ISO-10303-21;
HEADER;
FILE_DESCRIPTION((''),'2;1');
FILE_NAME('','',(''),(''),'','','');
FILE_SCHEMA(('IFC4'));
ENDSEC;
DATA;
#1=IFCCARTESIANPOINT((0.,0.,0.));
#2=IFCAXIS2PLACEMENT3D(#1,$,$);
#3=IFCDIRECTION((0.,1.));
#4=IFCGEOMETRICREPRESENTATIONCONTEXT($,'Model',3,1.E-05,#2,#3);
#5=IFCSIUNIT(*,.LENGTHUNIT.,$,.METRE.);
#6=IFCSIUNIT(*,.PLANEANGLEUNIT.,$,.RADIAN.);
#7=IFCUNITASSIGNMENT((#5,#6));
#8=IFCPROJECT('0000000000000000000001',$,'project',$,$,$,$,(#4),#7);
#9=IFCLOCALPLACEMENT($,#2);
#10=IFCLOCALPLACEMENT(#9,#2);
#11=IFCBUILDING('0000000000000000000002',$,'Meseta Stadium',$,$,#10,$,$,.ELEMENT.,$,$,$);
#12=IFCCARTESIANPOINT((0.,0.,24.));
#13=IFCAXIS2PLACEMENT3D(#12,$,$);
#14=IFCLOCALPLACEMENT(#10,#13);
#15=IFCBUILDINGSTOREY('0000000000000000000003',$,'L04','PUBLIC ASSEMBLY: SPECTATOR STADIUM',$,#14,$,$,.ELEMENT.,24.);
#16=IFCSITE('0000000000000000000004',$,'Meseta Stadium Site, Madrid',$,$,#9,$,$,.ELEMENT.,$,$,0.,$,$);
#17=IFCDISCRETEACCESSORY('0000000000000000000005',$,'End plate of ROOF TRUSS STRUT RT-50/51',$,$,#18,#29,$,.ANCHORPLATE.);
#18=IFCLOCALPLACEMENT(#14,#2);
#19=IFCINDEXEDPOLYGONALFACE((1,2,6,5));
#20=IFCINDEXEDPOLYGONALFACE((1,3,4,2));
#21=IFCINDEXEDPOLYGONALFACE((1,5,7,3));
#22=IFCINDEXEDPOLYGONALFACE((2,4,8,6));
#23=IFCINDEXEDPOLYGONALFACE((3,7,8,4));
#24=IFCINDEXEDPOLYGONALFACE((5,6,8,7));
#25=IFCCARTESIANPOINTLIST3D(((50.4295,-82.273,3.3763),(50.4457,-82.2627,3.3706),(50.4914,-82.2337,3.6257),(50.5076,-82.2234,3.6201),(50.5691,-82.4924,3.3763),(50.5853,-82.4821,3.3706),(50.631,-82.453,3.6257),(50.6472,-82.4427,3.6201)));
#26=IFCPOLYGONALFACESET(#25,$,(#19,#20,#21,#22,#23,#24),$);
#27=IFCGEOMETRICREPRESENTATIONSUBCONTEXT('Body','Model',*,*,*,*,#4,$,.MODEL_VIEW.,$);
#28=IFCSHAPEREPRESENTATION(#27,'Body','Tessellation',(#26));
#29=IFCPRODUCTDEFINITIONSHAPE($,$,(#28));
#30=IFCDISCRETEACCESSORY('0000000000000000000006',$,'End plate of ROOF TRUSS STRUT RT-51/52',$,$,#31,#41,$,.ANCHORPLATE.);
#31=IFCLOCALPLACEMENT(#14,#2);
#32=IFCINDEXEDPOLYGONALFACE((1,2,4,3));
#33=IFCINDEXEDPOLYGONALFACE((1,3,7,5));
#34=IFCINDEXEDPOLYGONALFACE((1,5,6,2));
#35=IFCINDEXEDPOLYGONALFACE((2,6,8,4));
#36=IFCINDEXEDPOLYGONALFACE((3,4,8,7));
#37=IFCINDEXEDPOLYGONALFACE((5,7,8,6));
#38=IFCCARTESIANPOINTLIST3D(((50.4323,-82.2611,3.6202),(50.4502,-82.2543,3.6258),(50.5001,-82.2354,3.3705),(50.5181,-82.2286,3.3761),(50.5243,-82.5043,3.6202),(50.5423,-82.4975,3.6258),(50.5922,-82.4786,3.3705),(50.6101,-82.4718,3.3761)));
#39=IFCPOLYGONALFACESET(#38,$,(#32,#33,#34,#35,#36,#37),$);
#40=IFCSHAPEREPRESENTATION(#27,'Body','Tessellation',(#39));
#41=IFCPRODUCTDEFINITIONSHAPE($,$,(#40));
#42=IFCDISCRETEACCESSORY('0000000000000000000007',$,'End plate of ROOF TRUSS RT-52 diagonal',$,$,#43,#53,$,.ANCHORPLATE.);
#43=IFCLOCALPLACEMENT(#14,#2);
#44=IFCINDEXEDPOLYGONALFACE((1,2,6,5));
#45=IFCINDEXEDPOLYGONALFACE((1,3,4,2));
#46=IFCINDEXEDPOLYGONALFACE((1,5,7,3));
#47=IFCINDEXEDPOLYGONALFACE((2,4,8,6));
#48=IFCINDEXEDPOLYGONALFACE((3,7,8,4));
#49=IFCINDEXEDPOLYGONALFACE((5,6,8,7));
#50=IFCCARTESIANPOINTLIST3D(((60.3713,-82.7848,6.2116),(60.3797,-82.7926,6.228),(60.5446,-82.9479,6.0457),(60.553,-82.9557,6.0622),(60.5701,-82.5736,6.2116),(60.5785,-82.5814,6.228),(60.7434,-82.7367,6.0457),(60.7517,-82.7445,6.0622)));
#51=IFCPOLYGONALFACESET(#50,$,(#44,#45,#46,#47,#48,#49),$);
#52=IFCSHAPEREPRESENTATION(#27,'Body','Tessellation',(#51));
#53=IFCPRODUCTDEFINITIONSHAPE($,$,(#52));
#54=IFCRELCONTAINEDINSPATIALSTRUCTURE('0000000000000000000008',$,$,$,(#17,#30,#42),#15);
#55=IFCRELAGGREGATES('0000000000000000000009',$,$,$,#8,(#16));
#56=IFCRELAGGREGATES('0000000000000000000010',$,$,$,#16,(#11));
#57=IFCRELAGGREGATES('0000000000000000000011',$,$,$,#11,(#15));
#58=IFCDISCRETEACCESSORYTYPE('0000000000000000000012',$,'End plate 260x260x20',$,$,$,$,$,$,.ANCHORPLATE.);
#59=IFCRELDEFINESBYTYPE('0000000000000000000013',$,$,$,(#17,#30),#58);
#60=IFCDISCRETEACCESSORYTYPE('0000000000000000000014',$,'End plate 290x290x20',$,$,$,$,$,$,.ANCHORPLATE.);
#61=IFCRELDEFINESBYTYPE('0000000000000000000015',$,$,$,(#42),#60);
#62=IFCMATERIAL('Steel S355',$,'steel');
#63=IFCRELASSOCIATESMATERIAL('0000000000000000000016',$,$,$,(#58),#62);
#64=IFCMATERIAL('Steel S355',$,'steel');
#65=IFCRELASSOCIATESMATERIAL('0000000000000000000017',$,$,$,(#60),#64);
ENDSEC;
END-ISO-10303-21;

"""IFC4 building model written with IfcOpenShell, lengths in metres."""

from ifc_helpers import new_model, si_unit, direction, frame, origin, origin_2d, place, context, subcontext, project, spatial, rectangle, extrude, material, material_profile, profile_set, type_object, element, save


model = new_model("IFC4")

# Units and contexts
model_context = context("Model", 3, precision=1e-05, world=origin(), true_north=direction((0.0, 1.0)))
body_context = subcontext(model_context, "Body", "Model", "MODEL_VIEW")
ifc_project = project(units=[si_unit("LENGTHUNIT", "METRE"), si_unit("PLANEANGLEUNIT", "RADIAN")], contexts=[model_context])

# Site, building, storey
site_placement = place(None, origin())
site = spatial("IfcSite", under=ifc_project, at=site_placement, Name="Meseta Stadium Site, Madrid", CompositionType="ELEMENT", RefElevation=0.0)
building_placement = place(site_placement, origin())
building = spatial("IfcBuilding", under=site, at=building_placement, Name="Meseta Stadium", CompositionType="ELEMENT")
storey_placement = place(building_placement, frame((0.0, 0.0, 24.0)))
storey = spatial("IfcBuildingStorey", under=building, at=storey_placement, Name="L04", Description="PUBLIC ASSEMBLY: SPECTATOR STADIUM", CompositionType="ELEMENT", Elevation=24.0)

# Discrete accessories
ifc_material_1 = material(Name="Steel S355", Category="steel")
ifc_material_profile_1 = material_profile(ifc_material_1, rectangle(XDim=0.26, YDim=0.26, at=origin_2d()), Name="PL 260x260")
ifc_profile_set_1 = profile_set([ifc_material_profile_1], Name="Steel S355")
discrete_accessory_type_1 = type_object("IfcDiscreteAccessoryType", Name="End plate 260x260x20", PredefinedType="ANCHORPLATE", material=ifc_profile_set_1)
for number, where, z_axis, x_axis, name in (
    (1, (50.5303, -82.363, 3.501), (0.809405, 0.515076, -0.282065), (-0.536875, 0.843661, 0.0), "End plate of ROOF TRUSS STRUT RT-50/51"),
    (2, (50.5122, -82.3699, 3.4954), (0.898109, 0.339825, 0.279142), (-0.353892, 0.935286, 0.0), "End plate of ROOF TRUSS STRUT RT-51/52"),
):
    element("IfcDiscreteAccessory", number, at=place(storey_placement, frame(where, z_axis=z_axis, x_axis=x_axis)), inside=storey, type_object=discrete_accessory_type_1, Name=name, PredefinedType="ANCHORPLATE", context=body_context, shape_type="SweptSolid", body=[
        extrude(rectangle(XDim=0.26, YDim=0.26, at=origin_2d()), origin(), (0.0, 0.0, 1.0), 0.02),
    ])
ifc_material_2 = material(Name="Steel S355", Category="steel")
ifc_material_profile_2 = material_profile(ifc_material_2, rectangle(XDim=0.29, YDim=0.29, at=origin_2d()), Name="PL 290x290")
ifc_profile_set_2 = profile_set([ifc_material_profile_2], Name="Steel S355")
discrete_accessory_type_2 = type_object("IfcDiscreteAccessoryType", Name="End plate 290x290x20", PredefinedType="ANCHORPLATE", material=ifc_profile_set_2)
discrete_accessory_placement = place(storey_placement, frame((60.5574, -82.7607, 6.1287), z_axis=(0.41634, -0.39185, 0.820436), x_axis=(0.685365, 0.7282, 0.0)))
element("IfcDiscreteAccessory", 3, at=discrete_accessory_placement, inside=storey, type_object=discrete_accessory_type_2, Name="End plate of ROOF TRUSS RT-52 diagonal", PredefinedType="ANCHORPLATE", context=body_context, shape_type="SweptSolid", body=[
    extrude(rectangle(XDim=0.29, YDim=0.29, at=origin_2d()), origin(), (0.0, 0.0, 1.0), 0.02),
])

save(model, "model.ifc")
